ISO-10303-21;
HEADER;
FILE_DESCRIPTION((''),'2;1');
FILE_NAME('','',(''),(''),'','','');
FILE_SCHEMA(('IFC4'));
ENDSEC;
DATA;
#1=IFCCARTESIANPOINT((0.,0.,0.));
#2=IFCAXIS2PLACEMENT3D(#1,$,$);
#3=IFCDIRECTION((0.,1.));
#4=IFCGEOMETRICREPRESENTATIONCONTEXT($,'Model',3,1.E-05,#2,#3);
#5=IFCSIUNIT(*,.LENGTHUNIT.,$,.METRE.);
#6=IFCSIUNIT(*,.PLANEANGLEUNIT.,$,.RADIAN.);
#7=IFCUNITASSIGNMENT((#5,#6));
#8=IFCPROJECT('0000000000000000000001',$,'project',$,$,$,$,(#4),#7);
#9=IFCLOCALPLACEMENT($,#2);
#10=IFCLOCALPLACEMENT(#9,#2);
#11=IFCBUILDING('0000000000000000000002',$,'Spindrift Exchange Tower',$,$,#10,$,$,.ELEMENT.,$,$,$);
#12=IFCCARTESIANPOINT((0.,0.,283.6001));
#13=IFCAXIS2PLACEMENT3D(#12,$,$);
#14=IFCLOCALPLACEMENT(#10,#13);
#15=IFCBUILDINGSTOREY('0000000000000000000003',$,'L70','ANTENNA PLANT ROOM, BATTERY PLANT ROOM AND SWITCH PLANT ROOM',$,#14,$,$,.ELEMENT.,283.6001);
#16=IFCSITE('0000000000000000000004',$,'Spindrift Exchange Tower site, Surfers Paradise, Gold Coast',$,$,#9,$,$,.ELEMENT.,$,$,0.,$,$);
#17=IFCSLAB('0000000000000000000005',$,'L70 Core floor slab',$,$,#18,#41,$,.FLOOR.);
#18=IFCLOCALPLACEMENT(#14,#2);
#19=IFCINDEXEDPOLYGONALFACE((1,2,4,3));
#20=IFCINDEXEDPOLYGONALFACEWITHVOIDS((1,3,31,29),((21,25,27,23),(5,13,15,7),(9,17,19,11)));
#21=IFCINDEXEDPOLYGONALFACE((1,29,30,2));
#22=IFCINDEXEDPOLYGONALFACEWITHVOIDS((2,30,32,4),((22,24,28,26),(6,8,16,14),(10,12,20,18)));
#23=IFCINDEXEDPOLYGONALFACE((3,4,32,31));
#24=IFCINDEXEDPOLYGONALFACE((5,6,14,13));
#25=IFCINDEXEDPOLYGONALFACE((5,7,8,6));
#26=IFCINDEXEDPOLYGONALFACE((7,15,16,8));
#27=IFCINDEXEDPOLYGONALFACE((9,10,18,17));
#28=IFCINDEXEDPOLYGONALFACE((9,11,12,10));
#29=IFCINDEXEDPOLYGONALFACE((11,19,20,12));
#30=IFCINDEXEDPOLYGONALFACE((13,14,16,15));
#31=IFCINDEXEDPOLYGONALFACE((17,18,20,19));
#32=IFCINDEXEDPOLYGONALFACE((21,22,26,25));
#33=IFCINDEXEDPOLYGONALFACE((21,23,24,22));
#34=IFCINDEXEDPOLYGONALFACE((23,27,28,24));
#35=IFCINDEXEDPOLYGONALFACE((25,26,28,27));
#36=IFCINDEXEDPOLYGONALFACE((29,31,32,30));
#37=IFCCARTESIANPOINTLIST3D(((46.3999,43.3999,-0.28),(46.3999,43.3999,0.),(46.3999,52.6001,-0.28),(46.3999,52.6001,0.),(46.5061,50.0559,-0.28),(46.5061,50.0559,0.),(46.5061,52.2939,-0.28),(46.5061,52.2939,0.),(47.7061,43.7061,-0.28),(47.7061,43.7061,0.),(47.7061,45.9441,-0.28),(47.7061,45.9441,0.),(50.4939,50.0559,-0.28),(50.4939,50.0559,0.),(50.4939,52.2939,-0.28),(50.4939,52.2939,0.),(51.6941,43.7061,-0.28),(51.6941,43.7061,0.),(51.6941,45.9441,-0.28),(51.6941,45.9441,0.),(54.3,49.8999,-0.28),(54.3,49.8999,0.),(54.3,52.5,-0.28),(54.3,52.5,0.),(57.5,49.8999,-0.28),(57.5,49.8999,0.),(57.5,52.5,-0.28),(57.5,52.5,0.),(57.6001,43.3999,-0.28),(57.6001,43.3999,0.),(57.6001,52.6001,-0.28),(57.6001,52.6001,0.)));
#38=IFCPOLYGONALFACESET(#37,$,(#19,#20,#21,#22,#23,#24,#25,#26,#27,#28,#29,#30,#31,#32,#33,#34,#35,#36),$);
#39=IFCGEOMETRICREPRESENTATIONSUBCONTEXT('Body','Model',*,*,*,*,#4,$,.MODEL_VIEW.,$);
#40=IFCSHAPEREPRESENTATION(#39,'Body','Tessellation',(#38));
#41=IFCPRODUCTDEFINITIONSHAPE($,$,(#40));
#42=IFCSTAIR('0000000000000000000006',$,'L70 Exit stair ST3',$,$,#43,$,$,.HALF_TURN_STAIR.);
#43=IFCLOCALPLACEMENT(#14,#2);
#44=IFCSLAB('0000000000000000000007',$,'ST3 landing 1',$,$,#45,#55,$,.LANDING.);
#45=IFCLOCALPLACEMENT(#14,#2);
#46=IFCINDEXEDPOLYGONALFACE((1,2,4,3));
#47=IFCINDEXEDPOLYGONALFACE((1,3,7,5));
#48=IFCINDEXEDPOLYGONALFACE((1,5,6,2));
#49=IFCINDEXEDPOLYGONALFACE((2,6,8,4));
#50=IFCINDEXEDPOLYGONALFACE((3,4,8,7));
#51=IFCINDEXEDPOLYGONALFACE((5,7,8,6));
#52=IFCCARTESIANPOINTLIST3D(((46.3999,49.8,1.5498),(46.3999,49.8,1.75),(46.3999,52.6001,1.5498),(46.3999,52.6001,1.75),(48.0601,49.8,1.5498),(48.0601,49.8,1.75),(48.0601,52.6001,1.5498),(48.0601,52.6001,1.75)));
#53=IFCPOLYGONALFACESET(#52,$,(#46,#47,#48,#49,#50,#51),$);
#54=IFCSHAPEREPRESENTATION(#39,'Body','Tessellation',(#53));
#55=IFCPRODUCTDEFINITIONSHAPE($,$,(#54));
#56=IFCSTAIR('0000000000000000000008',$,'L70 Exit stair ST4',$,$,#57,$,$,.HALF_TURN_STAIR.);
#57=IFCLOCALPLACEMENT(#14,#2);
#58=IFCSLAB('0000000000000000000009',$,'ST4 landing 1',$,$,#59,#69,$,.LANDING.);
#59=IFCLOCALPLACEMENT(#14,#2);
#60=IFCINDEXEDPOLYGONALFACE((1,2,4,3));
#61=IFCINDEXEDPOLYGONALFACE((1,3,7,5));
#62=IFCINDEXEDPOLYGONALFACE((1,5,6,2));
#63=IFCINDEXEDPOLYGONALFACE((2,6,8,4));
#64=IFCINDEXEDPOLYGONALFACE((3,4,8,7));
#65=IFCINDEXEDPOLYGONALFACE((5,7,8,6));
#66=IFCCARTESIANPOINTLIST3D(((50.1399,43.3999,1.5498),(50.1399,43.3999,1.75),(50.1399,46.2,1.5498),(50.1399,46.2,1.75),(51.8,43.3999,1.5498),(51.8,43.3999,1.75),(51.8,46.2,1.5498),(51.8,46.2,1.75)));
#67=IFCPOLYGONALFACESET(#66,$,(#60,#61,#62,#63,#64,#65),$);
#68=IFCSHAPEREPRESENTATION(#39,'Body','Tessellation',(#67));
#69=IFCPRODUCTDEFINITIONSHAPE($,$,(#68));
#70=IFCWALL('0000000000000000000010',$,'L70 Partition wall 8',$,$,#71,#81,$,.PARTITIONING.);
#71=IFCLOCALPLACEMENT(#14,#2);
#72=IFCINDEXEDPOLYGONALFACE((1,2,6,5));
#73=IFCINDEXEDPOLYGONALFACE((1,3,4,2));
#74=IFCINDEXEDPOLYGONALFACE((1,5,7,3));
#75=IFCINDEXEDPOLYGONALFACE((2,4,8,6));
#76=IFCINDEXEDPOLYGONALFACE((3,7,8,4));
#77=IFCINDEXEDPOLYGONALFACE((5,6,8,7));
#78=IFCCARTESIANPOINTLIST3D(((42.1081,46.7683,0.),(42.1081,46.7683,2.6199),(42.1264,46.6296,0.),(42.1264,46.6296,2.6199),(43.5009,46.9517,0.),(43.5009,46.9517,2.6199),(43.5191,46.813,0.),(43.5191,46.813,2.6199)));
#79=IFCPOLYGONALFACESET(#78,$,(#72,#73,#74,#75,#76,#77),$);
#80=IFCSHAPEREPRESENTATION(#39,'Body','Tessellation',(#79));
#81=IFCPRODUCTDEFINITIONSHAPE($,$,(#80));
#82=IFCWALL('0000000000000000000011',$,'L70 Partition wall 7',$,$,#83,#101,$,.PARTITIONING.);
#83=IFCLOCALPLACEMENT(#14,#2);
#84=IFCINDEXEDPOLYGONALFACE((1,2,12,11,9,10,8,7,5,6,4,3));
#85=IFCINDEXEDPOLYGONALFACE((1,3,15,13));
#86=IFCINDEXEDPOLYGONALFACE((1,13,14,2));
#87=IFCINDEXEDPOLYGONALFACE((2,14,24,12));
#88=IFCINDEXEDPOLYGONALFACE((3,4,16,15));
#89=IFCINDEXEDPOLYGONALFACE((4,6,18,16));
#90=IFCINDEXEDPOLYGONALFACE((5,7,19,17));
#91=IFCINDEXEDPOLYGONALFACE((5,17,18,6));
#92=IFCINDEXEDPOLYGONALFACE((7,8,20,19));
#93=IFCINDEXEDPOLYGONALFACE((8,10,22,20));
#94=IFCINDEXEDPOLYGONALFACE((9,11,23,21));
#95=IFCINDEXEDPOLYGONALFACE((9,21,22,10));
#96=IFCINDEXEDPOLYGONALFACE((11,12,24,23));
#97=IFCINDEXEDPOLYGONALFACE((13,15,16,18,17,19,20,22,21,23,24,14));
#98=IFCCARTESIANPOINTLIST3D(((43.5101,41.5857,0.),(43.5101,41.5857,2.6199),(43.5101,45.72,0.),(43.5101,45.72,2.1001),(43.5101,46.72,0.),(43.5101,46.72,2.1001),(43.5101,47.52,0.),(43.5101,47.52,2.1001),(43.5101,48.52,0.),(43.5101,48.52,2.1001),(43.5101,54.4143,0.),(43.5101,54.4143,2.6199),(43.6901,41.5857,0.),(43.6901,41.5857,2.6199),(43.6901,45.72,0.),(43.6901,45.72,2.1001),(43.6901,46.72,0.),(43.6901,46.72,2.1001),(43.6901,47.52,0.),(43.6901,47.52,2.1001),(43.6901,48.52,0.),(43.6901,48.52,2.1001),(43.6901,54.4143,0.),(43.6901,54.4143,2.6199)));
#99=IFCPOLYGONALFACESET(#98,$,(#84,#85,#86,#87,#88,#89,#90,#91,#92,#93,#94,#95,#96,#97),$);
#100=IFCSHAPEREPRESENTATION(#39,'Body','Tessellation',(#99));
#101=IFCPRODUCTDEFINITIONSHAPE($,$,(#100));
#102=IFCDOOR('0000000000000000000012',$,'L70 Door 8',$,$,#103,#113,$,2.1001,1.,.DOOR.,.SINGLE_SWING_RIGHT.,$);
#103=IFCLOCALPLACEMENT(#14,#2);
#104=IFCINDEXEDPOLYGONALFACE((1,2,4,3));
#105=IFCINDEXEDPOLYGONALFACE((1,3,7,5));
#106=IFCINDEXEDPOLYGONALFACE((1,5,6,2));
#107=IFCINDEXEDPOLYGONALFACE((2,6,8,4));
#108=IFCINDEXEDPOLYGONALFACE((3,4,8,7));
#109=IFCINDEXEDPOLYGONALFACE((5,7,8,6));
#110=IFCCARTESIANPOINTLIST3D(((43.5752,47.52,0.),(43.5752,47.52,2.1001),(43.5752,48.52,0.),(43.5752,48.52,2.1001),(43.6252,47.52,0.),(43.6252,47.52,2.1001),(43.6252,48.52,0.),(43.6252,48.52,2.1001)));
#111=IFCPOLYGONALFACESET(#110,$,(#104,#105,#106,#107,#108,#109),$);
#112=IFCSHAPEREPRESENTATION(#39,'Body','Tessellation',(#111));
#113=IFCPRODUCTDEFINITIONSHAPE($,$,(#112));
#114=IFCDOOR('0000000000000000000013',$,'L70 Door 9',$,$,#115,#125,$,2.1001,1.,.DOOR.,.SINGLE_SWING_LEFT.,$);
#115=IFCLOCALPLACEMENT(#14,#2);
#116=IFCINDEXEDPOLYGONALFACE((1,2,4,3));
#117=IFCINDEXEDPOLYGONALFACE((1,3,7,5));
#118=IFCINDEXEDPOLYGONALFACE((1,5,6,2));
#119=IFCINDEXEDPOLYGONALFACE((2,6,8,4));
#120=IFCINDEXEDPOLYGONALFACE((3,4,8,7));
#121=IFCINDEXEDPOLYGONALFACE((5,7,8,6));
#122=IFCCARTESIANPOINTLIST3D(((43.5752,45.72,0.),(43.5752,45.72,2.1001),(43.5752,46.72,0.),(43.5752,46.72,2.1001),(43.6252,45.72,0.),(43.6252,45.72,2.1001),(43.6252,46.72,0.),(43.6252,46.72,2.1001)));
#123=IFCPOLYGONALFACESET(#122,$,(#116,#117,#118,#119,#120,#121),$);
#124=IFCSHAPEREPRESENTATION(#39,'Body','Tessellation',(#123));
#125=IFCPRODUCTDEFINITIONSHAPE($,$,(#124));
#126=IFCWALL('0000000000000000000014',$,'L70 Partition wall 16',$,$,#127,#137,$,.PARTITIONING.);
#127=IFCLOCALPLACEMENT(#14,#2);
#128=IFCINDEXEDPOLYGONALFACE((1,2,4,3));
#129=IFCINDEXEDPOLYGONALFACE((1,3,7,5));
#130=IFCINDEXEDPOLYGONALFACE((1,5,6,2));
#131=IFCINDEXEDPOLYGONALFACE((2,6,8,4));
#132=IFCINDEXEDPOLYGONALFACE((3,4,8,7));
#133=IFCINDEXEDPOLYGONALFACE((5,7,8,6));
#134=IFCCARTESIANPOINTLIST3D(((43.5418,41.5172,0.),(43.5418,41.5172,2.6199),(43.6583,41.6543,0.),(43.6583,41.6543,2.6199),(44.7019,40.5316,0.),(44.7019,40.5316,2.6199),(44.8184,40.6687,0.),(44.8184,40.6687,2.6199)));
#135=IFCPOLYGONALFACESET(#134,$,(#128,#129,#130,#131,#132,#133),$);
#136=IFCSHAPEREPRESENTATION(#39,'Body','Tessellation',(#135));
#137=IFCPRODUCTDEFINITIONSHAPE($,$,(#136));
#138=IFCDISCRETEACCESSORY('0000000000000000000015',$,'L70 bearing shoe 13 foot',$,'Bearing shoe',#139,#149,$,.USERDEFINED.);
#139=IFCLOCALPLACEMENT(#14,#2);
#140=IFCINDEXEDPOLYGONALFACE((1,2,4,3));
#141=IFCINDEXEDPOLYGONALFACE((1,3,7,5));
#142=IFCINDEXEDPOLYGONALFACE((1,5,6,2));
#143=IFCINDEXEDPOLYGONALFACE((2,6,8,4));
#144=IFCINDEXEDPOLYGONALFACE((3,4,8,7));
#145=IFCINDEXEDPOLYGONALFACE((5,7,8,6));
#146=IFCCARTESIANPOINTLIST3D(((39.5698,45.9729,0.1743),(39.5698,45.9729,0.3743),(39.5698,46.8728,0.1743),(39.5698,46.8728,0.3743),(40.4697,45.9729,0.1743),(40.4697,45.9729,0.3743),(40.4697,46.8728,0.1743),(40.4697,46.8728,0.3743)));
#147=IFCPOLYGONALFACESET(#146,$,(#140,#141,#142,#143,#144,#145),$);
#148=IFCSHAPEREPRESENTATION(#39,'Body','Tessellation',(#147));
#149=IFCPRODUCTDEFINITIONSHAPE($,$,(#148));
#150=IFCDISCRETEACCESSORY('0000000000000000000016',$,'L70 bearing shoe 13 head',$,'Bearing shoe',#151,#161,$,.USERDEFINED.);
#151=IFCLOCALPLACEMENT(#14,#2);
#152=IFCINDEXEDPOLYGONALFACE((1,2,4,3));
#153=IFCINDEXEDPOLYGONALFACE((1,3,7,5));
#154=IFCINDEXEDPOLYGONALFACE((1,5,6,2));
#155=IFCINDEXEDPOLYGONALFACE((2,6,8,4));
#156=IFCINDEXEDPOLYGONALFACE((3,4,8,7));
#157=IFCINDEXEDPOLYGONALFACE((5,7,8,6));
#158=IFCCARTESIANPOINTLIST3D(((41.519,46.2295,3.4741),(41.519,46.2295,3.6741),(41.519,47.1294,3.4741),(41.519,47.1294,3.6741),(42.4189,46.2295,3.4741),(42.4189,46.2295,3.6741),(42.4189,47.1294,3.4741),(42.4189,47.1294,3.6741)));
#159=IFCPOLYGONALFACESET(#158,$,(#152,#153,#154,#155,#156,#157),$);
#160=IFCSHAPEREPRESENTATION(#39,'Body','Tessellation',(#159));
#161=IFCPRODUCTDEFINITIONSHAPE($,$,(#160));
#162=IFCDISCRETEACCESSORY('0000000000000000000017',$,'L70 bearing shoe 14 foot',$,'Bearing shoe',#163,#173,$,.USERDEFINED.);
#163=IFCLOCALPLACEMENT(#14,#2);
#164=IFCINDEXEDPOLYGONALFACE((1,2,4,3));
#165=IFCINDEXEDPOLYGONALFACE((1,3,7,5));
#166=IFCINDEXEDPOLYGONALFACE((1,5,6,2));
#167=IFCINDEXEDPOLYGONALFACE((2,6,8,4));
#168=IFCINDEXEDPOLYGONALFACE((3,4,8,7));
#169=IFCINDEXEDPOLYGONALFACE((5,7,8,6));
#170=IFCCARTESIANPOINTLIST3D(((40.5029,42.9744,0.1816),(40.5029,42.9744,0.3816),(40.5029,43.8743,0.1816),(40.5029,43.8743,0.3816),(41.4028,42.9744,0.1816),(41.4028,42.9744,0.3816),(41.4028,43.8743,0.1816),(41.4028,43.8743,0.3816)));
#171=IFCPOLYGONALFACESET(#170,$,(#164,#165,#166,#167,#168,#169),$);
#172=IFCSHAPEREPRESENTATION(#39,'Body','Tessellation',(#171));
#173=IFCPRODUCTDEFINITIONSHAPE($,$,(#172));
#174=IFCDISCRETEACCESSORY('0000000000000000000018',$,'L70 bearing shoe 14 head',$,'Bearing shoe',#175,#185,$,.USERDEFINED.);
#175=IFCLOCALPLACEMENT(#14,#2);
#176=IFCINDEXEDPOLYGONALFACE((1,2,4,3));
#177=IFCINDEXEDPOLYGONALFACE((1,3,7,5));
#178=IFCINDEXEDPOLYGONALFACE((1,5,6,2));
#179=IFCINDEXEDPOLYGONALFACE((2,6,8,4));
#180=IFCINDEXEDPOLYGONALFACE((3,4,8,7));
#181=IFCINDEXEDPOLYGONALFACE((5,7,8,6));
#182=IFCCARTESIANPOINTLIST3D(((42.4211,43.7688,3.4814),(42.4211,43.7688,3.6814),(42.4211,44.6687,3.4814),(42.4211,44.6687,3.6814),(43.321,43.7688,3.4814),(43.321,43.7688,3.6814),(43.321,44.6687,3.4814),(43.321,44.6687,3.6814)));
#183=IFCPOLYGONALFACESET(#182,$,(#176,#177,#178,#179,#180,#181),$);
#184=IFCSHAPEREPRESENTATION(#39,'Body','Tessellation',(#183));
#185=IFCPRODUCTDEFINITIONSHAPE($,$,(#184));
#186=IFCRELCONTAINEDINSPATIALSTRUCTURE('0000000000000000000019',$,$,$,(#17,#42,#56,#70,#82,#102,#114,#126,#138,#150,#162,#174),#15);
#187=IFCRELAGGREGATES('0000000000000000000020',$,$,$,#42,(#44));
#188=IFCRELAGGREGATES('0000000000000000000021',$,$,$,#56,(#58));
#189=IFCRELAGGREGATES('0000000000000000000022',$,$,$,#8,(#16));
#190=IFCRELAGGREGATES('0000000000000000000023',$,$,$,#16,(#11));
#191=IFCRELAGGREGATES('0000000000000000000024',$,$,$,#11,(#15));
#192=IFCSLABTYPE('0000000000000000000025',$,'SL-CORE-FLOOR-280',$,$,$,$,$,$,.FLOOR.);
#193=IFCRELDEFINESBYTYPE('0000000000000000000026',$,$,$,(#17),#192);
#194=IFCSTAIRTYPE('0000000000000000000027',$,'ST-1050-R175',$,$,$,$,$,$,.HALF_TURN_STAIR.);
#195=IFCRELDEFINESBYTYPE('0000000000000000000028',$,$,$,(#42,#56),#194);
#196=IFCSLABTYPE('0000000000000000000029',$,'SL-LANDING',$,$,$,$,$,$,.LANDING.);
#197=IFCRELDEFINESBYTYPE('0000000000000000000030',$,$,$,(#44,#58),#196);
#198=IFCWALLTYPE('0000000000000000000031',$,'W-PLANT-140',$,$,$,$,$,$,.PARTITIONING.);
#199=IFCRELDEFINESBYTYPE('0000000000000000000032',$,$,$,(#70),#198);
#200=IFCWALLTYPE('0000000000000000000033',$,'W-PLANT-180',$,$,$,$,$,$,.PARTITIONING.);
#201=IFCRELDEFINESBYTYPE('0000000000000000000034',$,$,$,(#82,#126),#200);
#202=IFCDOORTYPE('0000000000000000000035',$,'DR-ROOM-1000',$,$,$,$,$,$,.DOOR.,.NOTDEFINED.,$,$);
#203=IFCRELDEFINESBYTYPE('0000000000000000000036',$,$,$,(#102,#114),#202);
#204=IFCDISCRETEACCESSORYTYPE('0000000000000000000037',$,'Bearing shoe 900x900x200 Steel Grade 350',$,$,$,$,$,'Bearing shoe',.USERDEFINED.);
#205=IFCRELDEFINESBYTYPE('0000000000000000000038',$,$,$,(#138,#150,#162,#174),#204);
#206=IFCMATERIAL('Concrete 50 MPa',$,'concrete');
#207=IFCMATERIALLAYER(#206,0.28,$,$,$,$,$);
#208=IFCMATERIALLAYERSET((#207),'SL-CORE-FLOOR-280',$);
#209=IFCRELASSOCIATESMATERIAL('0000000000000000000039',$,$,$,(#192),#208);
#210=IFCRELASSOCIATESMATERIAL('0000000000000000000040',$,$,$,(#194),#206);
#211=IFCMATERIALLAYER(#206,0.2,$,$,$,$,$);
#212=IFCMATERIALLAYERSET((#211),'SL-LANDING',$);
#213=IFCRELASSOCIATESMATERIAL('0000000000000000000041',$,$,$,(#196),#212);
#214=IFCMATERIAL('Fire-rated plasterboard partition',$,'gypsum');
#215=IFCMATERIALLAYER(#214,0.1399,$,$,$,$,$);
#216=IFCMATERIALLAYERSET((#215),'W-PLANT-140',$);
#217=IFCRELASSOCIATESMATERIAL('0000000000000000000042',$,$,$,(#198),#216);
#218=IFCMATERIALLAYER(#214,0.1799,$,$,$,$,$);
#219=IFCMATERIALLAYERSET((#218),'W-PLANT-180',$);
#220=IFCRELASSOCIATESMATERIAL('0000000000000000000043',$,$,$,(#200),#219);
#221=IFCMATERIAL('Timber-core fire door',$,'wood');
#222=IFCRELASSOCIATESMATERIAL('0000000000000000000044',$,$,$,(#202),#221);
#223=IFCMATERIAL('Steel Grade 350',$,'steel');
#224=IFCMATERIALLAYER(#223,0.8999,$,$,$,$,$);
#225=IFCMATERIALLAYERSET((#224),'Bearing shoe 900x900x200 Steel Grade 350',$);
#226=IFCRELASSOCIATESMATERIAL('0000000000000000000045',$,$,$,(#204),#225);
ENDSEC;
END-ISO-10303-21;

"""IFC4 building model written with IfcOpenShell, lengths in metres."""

from ifc_helpers import new_model, si_unit, direction, frame, frame_2d, origin, origin_2d, place, context, subcontext, project, spatial, line, indexed_curve, rectangle, outline, extrude, source, transform, mapped, material, layer, layer_set, type_object, element, fill, aggregate, save


model = new_model("IFC4")

# Units and contexts
model_context = context("Model", 3, precision=1e-05, world=origin(), true_north=direction((0.0, 1.0)))
body_context = subcontext(model_context, "Body", "Model", "MODEL_VIEW")
ifc_project = project(units=[si_unit("LENGTHUNIT", "METRE"), si_unit("PLANEANGLEUNIT", "RADIAN")], contexts=[model_context])

# Site, building, storey
site_placement = place(None, origin())
site = spatial("IfcSite", under=ifc_project, at=site_placement, Name="Spindrift Exchange Tower site, Surfers Paradise, Gold Coast", CompositionType="ELEMENT", RefElevation=0.0)
building_placement = place(site_placement, origin())
building = spatial("IfcBuilding", under=site, at=building_placement, Name="Spindrift Exchange Tower", CompositionType="ELEMENT")
storey_placement = place(building_placement, frame((0.0, 0.0, 283.6001)))
storey = spatial("IfcBuildingStorey", under=building, at=storey_placement, Name="L70", Description="ANTENNA PLANT ROOM, BATTERY PLANT ROOM AND SWITCH PLANT ROOM", CompositionType="ELEMENT", Elevation=283.6001)

# Slab
ifc_material_1 = material(Name="Concrete 50 MPa", Category="concrete")
ifc_layer_1 = layer(ifc_material_1, 0.28)
ifc_layer_set_1 = layer_set([ifc_layer_1], Name="SL-CORE-FLOOR-280")
slab_type_1 = type_object("IfcSlabType", Name="SL-CORE-FLOOR-280", PredefinedType="FLOOR", material=ifc_layer_set_1)
slab_1_placement = place(storey_placement, frame((0.0, 0.0, -0.28)))
element("IfcSlab", 1, at=slab_1_placement, inside=storey, type_object=slab_type_1, Name="L70 Core floor slab", PredefinedType="FLOOR", context=body_context, shape_type="SweptSolid", body=[
    extrude(outline(indexed_curve([(46.3999, 43.3999), (46.3999, 52.6001), (57.6001, 52.6001), (57.6001, 43.3999)], segments=[line(1, 2, 3, 4, 1)], self_intersect=False), holes=[indexed_curve([(47.7061, 43.7061), (51.6941, 43.7061), (51.6941, 45.9441), (47.7061, 45.9441)], segments=[line(1, 2, 3, 4, 1)], self_intersect=False), indexed_curve([(50.4939, 50.0559), (50.4939, 52.2939), (46.5061, 52.2939), (46.5061, 50.0559)], segments=[line(1, 2, 3, 4, 1)], self_intersect=False), indexed_curve([(54.3, 49.8999), (57.5, 49.8999), (57.5, 52.5), (54.3, 52.5)], segments=[line(1, 2, 3, 4, 1)], self_intersect=False)]), origin(), (0.0, 0.0, 1.0), 0.28),
])

# Stairs, slabs
stair_type = type_object("IfcStairType", Name="ST-1050-R175", PredefinedType="HALF_TURN_STAIR", material=ifc_material_1)
stair_1_placement = place(storey_placement, origin())
stair_1 = element("IfcStair", 2, at=stair_1_placement, inside=storey, type_object=stair_type, Name="L70 Exit stair ST3", PredefinedType="HALF_TURN_STAIR")
ifc_layer_2 = layer(ifc_material_1, 0.2)
ifc_layer_set_2 = layer_set([ifc_layer_2], Name="SL-LANDING")
slab_type_2 = type_object("IfcSlabType", Name="SL-LANDING", PredefinedType="LANDING", material=ifc_layer_set_2)
slab_2_placement = place(storey_placement, frame((0.0, 0.0, 1.5498)))
slab_2 = element("IfcSlab", 3, at=slab_2_placement, type_object=slab_type_2, Name="ST3 landing 1", PredefinedType="LANDING", context=body_context, shape_type="SweptSolid", body=[
    extrude(outline(indexed_curve([(48.0601, 49.8), (46.3999, 49.8), (46.3999, 52.6001), (48.0601, 52.6001)], segments=[line(1, 2, 3, 4, 1)], self_intersect=False)), origin(), (0.0, 0.0, 1.0), 0.2002),
])
aggregate(stair_1, [slab_2])
stair_2_placement = place(storey_placement, origin())
stair_2 = element("IfcStair", 4, at=stair_2_placement, inside=storey, type_object=stair_type, Name="L70 Exit stair ST4", PredefinedType="HALF_TURN_STAIR")
slab_3_placement = place(storey_placement, frame((0.0, 0.0, 1.5498)))
slab_3 = element("IfcSlab", 5, at=slab_3_placement, type_object=slab_type_2, Name="ST4 landing 1", PredefinedType="LANDING", context=body_context, shape_type="SweptSolid", body=[
    extrude(outline(indexed_curve([(50.1399, 46.2), (51.8, 46.2), (51.8, 43.3999), (50.1399, 43.3999)], segments=[line(1, 2, 3, 4, 1)], self_intersect=False)), origin(), (0.0, 0.0, 1.0), 0.2002),
])
aggregate(stair_2, [slab_3])

# Wall
ifc_material_2 = material(Name="Fire-rated plasterboard partition", Category="gypsum")
ifc_layer_3 = layer(ifc_material_2, 0.1399)
ifc_layer_set_3 = layer_set([ifc_layer_3], Name="W-PLANT-140")
wall_type_1 = type_object("IfcWallType", Name="W-PLANT-140", PredefinedType="PARTITIONING", material=ifc_layer_set_3)
wall_1_placement = place(storey_placement, frame((43.51, 46.8823, 0.0), z_axis=(0.0, 0.0, 1.0), x_axis=(-0.991447, -0.130513, 0.0)))
element("IfcWall", 6, at=wall_1_placement, inside=storey, type_object=wall_type_1, Name="L70 Partition wall 8", PredefinedType="PARTITIONING", context=body_context, shape_type="SweptSolid", body=[
    extrude(rectangle(XDim=1.4048, YDim=0.1399, at=frame_2d((0.7024, 0.0))), origin(), (0.0, 0.0, 1.0), 2.6199),
])

# Wall, openings, doors
ifc_layer_4 = layer(ifc_material_2, 0.1799)
ifc_layer_set_4 = layer_set([ifc_layer_4], Name="W-PLANT-180")
wall_type_2 = type_object("IfcWallType", Name="W-PLANT-180", PredefinedType="PARTITIONING", material=ifc_layer_set_4)
wall_2_placement = place(storey_placement, frame((43.6001, 41.5857, 0.0), z_axis=(0.0, 0.0, 1.0), x_axis=(0.0, 1.0, 0.0)))
wall_2 = element("IfcWall", 7, at=wall_2_placement, inside=storey, type_object=wall_type_2, Name="L70 Partition wall 7", PredefinedType="PARTITIONING", context=body_context, shape_type="SweptSolid", body=[
    extrude(rectangle(XDim=12.8286, YDim=0.1799, at=frame_2d((6.4143, 0.0))), origin(), (0.0, 0.0, 1.0), 2.6199),
])
opening_1_placement = place(wall_2_placement, frame((5.9343, 0.0, 0.0)))
opening_1 = element("IfcOpeningElement", 8, at=opening_1_placement, cuts=wall_2, PredefinedType="OPENING", context=body_context, shape_type="SweptSolid", body=[
    extrude(rectangle(XDim=1.0, YDim=2.1001, at=frame_2d((0.5, 1.05))), frame((0.0, 0.0999, 0.0), z_axis=(0.0, -1.0, 0.0), x_axis=(1.0, 0.0, 0.0)), (0.0, 0.0, 1.0), 0.2),
])
opening_2_placement = place(wall_2_placement, frame((4.1343, 0.0, 0.0)))
opening_2 = element("IfcOpeningElement", 9, at=opening_2_placement, cuts=wall_2, PredefinedType="OPENING", context=body_context, shape_type="SweptSolid", body=[
    extrude(rectangle(XDim=1.0, YDim=2.1001, at=frame_2d((0.5, 1.05))), frame((0.0, 0.0999, 0.0), z_axis=(0.0, -1.0, 0.0), x_axis=(1.0, 0.0, 0.0)), (0.0, 0.0, 1.0), 0.2),
])
ifc_material_3 = material(Name="Timber-core fire door", Category="wood")
door_type = type_object("IfcDoorType", Name="DR-ROOM-1000", OperationType="NOTDEFINED", PredefinedType="DOOR", material=ifc_material_3)
shared_shape_1 = source(origin(), body_context, "Body", "SweptSolid", [
    extrude(rectangle(XDim=1.0, YDim=2.1001, at=frame_2d((0.5, 1.05))), frame((0.0, 0.0249, 0.0), z_axis=(0.0, -1.0, 0.0), x_axis=(1.0, 0.0, 0.0)), (0.0, 0.0, 1.0), 0.05),
])
door_1_placement = place(opening_1_placement, origin())
door_1 = element("IfcDoor", 10, at=door_1_placement, inside=storey, type_object=door_type, Name="L70 Door 8", OperationType="SINGLE_SWING_RIGHT", OverallHeight=2.1001, OverallWidth=1.0, PredefinedType="DOOR", context=body_context, shape_type="MappedRepresentation", body=[
    mapped(shared_shape_1, transform((0.0, 0.0, 0.0), scale=1.0)),
])
fill(opening_1, door_1)
door_2_placement = place(opening_2_placement, origin())
door_2 = element("IfcDoor", 11, at=door_2_placement, inside=storey, type_object=door_type, Name="L70 Door 9", OperationType="SINGLE_SWING_LEFT", OverallHeight=2.1001, OverallWidth=1.0, PredefinedType="DOOR", context=body_context, shape_type="MappedRepresentation", body=[
    mapped(shared_shape_1, transform((0.0, 0.0, 0.0), scale=1.0)),
])
fill(opening_2, door_2)

# Wall
wall_3_placement = place(storey_placement, frame((44.7603, 40.6001, 0.0), z_axis=(0.0, 0.0, 1.0), x_axis=(-0.762113, 0.647444, 0.0)))
element("IfcWall", 12, at=wall_3_placement, inside=storey, type_object=wall_type_2, Name="L70 Partition wall 16", PredefinedType="PARTITIONING", context=body_context, shape_type="SweptSolid", body=[
    extrude(rectangle(XDim=1.5222, YDim=0.1799, at=frame_2d((0.7612, 0.0))), origin(), (0.0, 0.0, 1.0), 2.6199),
])

# Discrete accessories
ifc_material_4 = material(Name="Steel Grade 350", Category="steel")
ifc_layer_5 = layer(ifc_material_4, 0.8999)
ifc_layer_set_5 = layer_set([ifc_layer_5], Name="Bearing shoe 900x900x200 Steel Grade 350")
discrete_accessory_type = type_object("IfcDiscreteAccessoryType", Name="Bearing shoe 900x900x200 Steel Grade 350", ElementType="Bearing shoe", PredefinedType="USERDEFINED", material=ifc_layer_set_5)
shared_shape_2 = source(origin(), body_context, "Body", "SweptSolid", [
    extrude(rectangle(XDim=0.8999, YDim=0.8999, at=origin_2d()), origin(), (0.0, 0.0, 1.0), 0.2),
])
for number, where, z_axis, x_axis, name in (
    (13, (40.0198, 46.4229, 0.1743), (0.0, 0.0, 1.0), (1.0, 0.0, 0.0), "L70 bearing shoe 13 foot"),
    (14, (41.969, 46.6794, 3.4741), (0.0, 0.0, 1.0), (1.0, 0.0, 0.0), "L70 bearing shoe 13 head"),
    (15, (40.9529, 43.4243, 0.1816), (0.0, 0.0, 1.0), (1.0, 0.0, 0.0), "L70 bearing shoe 14 foot"),
    (16, (42.8711, 44.2188, 3.4814), (0.0, 0.0, 1.0), (1.0, 0.0, 0.0), "L70 bearing shoe 14 head"),
):
    element("IfcDiscreteAccessory", number, at=place(storey_placement, frame(where, z_axis=z_axis, x_axis=x_axis)), inside=storey, type_object=discrete_accessory_type, Name=name, ObjectType="Bearing shoe", PredefinedType="USERDEFINED", context=body_context, shape_type="MappedRepresentation", body=[
        mapped(shared_shape_2, transform((0.0, 0.0, 0.0), scale=1.0)),
    ])

save(model, "model.ifc")
